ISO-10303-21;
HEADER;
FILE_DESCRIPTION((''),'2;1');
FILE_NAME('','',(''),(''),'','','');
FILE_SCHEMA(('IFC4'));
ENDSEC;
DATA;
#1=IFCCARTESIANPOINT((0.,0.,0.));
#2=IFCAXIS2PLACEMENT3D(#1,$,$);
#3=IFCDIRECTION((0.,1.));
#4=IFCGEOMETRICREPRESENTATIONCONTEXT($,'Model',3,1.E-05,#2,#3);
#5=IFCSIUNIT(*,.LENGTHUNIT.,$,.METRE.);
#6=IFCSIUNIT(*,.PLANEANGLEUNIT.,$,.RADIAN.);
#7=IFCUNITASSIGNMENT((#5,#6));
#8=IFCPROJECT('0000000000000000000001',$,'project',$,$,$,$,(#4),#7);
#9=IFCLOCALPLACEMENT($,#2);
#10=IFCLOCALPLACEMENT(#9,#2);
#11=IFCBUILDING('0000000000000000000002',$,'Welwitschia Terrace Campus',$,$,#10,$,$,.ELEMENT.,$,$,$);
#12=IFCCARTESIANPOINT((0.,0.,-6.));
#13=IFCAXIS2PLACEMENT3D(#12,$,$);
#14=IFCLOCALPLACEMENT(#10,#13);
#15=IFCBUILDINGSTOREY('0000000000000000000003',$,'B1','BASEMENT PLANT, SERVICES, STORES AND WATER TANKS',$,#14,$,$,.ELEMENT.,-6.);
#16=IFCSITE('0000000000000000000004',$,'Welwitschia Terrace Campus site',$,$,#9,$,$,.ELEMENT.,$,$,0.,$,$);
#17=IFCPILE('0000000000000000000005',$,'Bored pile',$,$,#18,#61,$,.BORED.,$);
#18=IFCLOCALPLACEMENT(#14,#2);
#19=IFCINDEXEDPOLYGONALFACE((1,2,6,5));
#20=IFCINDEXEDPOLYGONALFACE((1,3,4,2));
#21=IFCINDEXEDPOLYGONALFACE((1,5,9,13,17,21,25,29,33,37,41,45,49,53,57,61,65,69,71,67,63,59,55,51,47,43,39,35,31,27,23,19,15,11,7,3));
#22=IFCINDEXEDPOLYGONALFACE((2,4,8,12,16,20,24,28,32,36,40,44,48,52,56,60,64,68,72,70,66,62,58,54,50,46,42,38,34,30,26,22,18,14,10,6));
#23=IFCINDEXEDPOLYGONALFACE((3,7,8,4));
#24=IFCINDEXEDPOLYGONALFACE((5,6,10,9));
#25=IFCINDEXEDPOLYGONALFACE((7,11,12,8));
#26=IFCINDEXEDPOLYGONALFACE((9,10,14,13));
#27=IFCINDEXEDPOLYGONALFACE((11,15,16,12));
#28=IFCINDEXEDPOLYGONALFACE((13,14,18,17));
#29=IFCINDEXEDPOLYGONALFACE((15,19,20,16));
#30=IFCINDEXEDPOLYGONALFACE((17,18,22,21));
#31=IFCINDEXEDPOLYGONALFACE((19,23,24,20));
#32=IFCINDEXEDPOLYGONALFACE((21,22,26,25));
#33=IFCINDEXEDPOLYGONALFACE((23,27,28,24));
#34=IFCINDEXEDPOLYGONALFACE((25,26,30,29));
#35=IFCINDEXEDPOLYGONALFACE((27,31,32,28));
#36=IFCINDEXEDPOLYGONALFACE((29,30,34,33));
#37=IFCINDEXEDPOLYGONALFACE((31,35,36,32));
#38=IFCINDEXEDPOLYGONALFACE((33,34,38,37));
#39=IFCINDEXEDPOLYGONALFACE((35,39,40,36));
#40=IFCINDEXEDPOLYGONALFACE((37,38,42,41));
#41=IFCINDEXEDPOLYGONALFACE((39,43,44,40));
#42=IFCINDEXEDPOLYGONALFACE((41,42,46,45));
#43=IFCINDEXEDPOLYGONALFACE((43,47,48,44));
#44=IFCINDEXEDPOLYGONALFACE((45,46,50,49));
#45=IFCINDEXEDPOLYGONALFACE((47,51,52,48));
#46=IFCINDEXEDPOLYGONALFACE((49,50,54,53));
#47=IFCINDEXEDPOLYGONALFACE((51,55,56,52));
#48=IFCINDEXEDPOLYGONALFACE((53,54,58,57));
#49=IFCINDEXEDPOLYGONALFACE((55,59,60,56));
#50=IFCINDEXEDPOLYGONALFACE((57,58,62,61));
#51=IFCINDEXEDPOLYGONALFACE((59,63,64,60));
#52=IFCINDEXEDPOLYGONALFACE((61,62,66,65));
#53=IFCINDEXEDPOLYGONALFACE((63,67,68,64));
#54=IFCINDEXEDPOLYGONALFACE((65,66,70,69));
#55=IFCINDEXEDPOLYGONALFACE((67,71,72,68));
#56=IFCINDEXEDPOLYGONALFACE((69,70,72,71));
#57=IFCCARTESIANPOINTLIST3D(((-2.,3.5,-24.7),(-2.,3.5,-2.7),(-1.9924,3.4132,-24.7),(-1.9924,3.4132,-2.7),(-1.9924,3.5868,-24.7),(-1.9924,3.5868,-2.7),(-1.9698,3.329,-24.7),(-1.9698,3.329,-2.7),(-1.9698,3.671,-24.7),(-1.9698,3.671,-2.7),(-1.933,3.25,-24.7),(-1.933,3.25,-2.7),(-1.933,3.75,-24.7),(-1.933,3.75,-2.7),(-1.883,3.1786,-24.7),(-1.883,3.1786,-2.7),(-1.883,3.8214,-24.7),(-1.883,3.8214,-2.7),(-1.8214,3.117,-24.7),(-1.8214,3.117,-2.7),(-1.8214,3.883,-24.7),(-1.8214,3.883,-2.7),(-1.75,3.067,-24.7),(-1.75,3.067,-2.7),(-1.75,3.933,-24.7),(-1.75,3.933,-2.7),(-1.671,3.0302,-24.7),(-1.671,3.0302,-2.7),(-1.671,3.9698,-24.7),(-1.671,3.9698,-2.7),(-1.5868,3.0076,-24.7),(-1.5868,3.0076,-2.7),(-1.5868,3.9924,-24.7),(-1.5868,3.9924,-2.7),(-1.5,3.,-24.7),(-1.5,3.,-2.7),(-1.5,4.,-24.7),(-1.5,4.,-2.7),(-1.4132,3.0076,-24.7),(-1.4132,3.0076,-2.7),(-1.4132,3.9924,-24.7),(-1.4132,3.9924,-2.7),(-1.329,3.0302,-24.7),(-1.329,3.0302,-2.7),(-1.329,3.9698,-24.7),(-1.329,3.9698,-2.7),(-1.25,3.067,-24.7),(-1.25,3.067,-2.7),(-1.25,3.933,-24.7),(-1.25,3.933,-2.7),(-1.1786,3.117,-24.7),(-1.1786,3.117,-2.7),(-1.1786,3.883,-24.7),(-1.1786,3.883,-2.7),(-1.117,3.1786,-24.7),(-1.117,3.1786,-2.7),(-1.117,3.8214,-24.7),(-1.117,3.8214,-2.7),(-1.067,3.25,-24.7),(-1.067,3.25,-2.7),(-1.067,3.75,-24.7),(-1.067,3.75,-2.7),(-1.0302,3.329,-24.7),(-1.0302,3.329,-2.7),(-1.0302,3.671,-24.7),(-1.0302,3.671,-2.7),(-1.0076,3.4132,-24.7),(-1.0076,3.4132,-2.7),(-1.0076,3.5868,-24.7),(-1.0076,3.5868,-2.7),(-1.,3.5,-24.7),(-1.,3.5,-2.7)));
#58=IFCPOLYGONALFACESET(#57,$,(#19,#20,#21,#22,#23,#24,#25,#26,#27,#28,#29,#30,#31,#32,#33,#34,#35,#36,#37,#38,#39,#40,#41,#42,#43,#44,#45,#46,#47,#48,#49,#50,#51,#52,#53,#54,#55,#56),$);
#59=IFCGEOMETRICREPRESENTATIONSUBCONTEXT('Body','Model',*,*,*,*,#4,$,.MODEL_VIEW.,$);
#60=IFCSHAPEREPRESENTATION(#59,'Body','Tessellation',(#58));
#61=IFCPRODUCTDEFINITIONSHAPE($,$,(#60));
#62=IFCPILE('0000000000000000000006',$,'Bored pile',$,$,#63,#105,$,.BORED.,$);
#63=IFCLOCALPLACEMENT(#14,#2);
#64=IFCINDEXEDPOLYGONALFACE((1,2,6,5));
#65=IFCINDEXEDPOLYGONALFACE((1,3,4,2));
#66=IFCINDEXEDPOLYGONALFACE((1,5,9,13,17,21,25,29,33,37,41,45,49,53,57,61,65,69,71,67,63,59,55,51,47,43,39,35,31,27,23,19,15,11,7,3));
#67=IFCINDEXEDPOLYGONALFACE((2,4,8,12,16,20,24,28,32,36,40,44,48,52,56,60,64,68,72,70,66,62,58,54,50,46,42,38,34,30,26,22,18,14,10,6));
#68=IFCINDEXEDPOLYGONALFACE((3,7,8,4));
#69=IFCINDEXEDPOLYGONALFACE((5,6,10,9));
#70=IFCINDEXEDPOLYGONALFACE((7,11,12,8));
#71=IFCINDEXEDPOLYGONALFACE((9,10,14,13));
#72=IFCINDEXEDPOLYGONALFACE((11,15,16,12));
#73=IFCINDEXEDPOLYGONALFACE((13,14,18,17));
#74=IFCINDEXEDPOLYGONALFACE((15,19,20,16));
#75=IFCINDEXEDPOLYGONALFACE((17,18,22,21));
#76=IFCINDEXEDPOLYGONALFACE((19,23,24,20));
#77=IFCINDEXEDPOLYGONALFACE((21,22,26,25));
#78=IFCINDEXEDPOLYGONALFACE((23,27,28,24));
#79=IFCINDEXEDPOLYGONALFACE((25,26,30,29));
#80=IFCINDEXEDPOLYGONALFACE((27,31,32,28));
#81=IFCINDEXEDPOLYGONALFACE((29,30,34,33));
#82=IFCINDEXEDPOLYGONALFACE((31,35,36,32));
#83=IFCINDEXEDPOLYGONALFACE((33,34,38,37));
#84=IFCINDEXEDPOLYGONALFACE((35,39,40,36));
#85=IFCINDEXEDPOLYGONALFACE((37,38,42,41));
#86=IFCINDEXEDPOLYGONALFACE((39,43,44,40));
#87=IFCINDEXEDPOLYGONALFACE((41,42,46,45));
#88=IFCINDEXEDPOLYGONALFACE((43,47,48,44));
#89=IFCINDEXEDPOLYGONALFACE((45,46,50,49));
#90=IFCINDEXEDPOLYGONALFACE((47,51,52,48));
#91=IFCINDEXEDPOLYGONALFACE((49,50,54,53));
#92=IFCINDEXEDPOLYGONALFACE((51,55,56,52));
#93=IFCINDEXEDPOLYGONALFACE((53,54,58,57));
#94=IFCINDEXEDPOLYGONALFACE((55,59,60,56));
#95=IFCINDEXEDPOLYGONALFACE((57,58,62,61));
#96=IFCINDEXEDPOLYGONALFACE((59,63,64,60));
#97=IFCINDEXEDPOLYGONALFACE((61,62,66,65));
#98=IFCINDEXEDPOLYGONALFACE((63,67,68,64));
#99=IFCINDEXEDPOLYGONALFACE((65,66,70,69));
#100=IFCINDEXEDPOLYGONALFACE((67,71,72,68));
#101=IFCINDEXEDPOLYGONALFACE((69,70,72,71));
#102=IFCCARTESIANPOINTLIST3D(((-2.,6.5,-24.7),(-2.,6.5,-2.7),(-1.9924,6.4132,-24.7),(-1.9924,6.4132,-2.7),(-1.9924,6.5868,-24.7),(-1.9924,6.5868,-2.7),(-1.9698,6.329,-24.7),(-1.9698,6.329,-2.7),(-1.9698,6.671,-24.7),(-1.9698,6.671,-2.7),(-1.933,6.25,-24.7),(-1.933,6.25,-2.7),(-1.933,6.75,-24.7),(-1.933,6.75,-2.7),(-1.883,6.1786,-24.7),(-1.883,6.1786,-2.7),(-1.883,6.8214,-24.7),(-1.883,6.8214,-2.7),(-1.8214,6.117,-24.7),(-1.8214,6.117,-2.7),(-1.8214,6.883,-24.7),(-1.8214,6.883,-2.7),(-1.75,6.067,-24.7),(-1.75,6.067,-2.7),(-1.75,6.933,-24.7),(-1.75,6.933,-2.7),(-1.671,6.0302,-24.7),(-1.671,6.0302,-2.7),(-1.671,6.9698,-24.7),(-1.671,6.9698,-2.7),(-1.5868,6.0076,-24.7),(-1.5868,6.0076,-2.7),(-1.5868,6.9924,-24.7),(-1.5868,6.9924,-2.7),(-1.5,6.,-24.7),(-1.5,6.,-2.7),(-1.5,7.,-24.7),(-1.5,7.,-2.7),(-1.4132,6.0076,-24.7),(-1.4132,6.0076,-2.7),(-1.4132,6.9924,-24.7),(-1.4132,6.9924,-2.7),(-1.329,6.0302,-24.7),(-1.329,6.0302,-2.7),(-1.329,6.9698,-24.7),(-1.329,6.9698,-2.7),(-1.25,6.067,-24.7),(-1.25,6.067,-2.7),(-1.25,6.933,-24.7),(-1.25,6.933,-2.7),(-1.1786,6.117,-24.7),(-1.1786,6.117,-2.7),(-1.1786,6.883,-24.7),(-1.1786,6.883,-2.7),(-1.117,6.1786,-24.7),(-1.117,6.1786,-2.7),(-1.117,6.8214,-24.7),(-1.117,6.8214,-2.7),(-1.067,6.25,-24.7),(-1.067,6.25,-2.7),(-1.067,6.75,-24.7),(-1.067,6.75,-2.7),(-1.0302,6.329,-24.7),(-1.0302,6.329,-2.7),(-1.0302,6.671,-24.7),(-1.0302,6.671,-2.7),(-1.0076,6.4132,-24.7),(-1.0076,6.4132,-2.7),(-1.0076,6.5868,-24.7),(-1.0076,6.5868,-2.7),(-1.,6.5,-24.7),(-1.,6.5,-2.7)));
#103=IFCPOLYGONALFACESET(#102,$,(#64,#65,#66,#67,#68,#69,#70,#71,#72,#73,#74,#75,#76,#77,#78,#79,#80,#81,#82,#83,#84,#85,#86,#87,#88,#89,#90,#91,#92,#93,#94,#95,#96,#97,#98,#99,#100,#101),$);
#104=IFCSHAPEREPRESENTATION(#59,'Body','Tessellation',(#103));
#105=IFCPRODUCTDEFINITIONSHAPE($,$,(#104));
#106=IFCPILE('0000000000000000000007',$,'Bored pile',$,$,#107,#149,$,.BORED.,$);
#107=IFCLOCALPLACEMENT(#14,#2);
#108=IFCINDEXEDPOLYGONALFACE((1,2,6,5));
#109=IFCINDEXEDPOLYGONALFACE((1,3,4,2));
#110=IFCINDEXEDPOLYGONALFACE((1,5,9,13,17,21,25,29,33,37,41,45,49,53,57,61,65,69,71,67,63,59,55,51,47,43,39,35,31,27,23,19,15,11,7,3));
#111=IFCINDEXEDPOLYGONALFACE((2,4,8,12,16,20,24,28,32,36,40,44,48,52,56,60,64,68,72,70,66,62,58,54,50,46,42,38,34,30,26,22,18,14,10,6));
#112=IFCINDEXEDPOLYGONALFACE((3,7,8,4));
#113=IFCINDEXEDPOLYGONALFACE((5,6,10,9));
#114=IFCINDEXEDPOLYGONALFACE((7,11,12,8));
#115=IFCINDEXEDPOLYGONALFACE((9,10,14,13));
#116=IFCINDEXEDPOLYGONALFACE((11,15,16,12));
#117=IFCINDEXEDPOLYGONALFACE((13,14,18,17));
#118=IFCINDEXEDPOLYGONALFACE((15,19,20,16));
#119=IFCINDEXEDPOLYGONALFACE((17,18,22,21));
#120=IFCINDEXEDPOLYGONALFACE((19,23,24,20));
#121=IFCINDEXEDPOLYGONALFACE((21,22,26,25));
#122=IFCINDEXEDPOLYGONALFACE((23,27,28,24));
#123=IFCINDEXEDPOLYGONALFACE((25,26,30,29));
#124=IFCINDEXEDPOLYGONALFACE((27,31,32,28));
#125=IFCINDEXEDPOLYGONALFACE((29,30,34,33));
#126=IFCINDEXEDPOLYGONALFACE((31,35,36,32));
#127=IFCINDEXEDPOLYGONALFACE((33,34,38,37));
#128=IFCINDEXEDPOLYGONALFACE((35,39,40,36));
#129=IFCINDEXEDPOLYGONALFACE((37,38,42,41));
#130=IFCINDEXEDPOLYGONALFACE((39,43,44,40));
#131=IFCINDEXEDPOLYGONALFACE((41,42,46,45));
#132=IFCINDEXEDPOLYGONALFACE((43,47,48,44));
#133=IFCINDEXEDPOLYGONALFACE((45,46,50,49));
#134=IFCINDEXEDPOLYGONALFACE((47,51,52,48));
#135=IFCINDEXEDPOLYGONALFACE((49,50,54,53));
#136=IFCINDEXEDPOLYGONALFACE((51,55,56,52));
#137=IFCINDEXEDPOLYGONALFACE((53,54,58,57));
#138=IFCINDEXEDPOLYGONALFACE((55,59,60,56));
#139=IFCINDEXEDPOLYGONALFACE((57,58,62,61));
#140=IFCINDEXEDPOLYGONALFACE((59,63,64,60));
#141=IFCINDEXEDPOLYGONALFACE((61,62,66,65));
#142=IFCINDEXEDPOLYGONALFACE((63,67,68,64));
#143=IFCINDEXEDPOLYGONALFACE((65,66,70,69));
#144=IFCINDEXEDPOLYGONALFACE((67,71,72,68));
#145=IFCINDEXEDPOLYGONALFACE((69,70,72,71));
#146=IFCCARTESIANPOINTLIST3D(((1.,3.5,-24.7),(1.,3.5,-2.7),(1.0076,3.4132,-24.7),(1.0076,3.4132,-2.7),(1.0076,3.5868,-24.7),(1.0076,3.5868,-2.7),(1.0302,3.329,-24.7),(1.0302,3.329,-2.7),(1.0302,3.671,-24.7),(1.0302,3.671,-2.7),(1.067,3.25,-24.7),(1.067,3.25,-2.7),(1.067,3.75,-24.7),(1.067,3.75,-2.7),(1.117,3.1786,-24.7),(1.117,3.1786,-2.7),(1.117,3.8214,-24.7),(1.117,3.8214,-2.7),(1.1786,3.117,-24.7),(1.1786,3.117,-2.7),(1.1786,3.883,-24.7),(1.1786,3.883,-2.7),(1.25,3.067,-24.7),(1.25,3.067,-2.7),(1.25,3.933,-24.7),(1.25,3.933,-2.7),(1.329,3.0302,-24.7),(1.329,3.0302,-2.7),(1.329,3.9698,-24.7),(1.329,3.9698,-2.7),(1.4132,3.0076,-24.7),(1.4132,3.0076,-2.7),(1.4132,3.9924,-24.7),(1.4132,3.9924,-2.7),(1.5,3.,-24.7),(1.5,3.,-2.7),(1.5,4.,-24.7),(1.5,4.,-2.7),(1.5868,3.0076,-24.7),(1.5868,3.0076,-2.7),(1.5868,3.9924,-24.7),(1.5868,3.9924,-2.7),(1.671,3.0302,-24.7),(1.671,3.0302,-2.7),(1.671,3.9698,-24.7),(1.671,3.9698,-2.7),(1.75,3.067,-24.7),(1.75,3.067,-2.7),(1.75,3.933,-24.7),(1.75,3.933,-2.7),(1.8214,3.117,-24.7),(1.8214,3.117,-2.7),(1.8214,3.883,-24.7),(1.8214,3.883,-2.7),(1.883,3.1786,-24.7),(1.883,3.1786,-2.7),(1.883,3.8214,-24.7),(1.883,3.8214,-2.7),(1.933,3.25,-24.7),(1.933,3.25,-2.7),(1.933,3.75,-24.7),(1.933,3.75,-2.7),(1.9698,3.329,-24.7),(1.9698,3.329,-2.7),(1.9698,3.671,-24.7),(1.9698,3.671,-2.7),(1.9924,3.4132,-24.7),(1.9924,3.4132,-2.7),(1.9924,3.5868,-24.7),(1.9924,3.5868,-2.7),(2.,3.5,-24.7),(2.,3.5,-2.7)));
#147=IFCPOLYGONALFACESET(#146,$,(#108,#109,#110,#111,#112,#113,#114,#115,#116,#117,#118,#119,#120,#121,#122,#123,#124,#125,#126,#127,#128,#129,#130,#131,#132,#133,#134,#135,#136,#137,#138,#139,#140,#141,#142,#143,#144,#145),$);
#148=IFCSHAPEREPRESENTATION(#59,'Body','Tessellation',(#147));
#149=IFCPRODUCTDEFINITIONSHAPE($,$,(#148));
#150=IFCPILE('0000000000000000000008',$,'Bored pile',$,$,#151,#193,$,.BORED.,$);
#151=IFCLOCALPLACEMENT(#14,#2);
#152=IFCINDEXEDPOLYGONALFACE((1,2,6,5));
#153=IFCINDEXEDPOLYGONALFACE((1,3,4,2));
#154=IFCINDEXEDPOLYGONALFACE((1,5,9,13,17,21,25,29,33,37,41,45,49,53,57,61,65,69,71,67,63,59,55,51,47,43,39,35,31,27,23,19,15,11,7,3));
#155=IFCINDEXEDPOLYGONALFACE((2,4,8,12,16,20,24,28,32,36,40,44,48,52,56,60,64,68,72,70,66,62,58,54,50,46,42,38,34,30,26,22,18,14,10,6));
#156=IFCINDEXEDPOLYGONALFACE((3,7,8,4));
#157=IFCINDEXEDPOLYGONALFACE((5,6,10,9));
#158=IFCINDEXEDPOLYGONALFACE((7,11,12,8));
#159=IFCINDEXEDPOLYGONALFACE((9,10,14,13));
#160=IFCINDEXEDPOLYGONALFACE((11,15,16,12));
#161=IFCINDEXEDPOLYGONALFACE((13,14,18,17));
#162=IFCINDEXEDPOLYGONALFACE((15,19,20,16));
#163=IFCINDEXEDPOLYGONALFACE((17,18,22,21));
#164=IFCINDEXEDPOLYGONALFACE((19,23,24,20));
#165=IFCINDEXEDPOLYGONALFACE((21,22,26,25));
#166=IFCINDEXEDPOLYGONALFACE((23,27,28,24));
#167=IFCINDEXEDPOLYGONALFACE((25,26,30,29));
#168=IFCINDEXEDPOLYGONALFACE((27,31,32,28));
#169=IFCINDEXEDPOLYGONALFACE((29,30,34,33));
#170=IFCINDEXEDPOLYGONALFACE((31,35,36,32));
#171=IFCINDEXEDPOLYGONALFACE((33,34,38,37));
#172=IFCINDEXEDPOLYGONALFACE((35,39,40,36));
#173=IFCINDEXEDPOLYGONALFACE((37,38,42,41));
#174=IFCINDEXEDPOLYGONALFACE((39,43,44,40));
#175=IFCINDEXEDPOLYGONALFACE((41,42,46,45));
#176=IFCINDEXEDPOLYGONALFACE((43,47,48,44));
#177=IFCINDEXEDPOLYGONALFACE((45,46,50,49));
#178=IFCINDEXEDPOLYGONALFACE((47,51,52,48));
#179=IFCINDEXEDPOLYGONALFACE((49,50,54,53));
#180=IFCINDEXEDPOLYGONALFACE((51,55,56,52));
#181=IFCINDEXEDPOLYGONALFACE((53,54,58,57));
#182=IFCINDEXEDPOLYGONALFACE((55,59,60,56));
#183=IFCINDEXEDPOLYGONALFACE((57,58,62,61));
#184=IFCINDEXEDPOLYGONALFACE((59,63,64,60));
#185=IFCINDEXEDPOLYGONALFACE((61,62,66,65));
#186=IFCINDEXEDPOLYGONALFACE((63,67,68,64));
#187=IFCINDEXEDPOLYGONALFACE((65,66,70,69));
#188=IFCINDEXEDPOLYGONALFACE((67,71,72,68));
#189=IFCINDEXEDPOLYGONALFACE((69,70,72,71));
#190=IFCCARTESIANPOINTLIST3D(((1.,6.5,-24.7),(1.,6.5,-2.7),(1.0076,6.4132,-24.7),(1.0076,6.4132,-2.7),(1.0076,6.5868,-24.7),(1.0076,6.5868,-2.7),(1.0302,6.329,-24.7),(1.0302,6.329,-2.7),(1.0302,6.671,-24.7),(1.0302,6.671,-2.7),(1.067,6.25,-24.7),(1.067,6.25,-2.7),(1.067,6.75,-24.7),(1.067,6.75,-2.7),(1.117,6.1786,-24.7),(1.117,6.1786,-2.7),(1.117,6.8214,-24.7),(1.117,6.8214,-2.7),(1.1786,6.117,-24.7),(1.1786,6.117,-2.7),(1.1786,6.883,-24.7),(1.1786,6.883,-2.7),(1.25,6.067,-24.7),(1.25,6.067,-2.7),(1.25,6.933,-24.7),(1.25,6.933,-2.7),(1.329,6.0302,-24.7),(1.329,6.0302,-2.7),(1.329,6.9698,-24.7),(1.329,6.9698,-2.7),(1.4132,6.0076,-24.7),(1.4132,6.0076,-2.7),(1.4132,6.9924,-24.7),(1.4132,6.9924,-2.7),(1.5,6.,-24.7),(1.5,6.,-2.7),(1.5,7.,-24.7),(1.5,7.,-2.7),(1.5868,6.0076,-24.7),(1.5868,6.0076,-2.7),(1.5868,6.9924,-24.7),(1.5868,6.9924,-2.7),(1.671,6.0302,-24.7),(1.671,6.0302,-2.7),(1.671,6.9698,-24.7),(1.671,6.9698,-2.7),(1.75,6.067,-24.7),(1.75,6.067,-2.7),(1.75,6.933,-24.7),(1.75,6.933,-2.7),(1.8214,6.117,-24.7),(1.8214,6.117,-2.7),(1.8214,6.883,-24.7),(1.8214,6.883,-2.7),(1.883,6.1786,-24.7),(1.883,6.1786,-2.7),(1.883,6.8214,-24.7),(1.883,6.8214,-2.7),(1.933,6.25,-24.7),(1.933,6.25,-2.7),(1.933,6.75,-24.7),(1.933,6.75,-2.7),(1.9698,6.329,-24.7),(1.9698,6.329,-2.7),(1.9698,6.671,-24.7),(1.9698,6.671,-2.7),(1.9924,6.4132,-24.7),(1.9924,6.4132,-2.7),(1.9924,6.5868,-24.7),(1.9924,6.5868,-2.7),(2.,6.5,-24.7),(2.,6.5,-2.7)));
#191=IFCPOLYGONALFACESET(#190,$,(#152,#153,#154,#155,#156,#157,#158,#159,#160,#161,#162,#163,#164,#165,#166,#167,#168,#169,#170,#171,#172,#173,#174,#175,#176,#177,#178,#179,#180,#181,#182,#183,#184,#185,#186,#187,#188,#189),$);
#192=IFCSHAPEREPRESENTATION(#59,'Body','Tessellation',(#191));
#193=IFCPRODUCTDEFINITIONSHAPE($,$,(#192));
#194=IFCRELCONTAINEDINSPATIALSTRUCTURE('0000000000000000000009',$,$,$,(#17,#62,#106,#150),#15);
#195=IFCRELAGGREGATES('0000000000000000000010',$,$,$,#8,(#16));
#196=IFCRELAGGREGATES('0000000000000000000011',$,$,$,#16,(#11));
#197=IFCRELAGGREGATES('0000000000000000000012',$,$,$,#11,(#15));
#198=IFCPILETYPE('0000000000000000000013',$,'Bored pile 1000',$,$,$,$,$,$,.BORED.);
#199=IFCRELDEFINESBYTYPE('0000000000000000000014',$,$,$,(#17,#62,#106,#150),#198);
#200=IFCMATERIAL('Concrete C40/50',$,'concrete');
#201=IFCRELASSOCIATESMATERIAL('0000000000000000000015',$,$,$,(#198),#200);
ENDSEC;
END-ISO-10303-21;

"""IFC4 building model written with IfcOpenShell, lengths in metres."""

from ifc_helpers import new_model, si_unit, direction, frame, origin, origin_2d, place, context, subcontext, project, spatial, circle, extrude, material, type_object, element, save


model = new_model("IFC4")

# Units and contexts
model_context = context("Model", 3, precision=1e-05, world=origin(), true_north=direction((0.0, 1.0)))
body_context = subcontext(model_context, "Body", "Model", "MODEL_VIEW")
ifc_project = project(units=[si_unit("LENGTHUNIT", "METRE"), si_unit("PLANEANGLEUNIT", "RADIAN")], contexts=[model_context])

# Site, building, storey
site_placement = place(None, origin())
site = spatial("IfcSite", under=ifc_project, at=site_placement, Name="Welwitschia Terrace Campus site", CompositionType="ELEMENT", RefElevation=0.0)
building_placement = place(site_placement, origin())
building = spatial("IfcBuilding", under=site, at=building_placement, Name="Welwitschia Terrace Campus", CompositionType="ELEMENT")
storey_placement = place(building_placement, frame((0.0, 0.0, -6.0)))
storey = spatial("IfcBuildingStorey", under=building, at=storey_placement, Name="B1", Description="BASEMENT PLANT, SERVICES, STORES AND WATER TANKS", CompositionType="ELEMENT", Elevation=-6.0)

# Piles
ifc_material_1 = material(Name="Concrete C40/50", Category="concrete")
pile_type_1 = type_object("IfcPileType", Name="Bored pile 1000", PredefinedType="BORED", material=ifc_material_1)
for number, where, z_axis, x_axis, name in (
    (1, (-1.5, 3.5, -2.7), (0.0, 0.0, -1.0), (1.0, 0.0, 0.0), "Bored pile"),
    (2, (-1.5, 6.5, -2.7), (0.0, 0.0, -1.0), (1.0, 0.0, 0.0), "Bored pile"),
    (3, (1.5, 3.5, -2.7), (0.0, 0.0, -1.0), (1.0, 0.0, 0.0), "Bored pile"),
    (4, (1.5, 6.5, -2.7), (0.0, 0.0, -1.0), (1.0, 0.0, 0.0), "Bored pile"),
):
    element("IfcPile", number, at=place(storey_placement, frame(where, z_axis=z_axis, x_axis=x_axis)), inside=storey, type_object=pile_type_1, Name=name, PredefinedType="BORED", context=body_context, shape_type="SweptSolid", body=[
        extrude(circle(Radius=0.5, at=origin_2d()), origin(), (0.0, 0.0, 1.0), 22.0),
    ])

save(model, "model.ifc")
